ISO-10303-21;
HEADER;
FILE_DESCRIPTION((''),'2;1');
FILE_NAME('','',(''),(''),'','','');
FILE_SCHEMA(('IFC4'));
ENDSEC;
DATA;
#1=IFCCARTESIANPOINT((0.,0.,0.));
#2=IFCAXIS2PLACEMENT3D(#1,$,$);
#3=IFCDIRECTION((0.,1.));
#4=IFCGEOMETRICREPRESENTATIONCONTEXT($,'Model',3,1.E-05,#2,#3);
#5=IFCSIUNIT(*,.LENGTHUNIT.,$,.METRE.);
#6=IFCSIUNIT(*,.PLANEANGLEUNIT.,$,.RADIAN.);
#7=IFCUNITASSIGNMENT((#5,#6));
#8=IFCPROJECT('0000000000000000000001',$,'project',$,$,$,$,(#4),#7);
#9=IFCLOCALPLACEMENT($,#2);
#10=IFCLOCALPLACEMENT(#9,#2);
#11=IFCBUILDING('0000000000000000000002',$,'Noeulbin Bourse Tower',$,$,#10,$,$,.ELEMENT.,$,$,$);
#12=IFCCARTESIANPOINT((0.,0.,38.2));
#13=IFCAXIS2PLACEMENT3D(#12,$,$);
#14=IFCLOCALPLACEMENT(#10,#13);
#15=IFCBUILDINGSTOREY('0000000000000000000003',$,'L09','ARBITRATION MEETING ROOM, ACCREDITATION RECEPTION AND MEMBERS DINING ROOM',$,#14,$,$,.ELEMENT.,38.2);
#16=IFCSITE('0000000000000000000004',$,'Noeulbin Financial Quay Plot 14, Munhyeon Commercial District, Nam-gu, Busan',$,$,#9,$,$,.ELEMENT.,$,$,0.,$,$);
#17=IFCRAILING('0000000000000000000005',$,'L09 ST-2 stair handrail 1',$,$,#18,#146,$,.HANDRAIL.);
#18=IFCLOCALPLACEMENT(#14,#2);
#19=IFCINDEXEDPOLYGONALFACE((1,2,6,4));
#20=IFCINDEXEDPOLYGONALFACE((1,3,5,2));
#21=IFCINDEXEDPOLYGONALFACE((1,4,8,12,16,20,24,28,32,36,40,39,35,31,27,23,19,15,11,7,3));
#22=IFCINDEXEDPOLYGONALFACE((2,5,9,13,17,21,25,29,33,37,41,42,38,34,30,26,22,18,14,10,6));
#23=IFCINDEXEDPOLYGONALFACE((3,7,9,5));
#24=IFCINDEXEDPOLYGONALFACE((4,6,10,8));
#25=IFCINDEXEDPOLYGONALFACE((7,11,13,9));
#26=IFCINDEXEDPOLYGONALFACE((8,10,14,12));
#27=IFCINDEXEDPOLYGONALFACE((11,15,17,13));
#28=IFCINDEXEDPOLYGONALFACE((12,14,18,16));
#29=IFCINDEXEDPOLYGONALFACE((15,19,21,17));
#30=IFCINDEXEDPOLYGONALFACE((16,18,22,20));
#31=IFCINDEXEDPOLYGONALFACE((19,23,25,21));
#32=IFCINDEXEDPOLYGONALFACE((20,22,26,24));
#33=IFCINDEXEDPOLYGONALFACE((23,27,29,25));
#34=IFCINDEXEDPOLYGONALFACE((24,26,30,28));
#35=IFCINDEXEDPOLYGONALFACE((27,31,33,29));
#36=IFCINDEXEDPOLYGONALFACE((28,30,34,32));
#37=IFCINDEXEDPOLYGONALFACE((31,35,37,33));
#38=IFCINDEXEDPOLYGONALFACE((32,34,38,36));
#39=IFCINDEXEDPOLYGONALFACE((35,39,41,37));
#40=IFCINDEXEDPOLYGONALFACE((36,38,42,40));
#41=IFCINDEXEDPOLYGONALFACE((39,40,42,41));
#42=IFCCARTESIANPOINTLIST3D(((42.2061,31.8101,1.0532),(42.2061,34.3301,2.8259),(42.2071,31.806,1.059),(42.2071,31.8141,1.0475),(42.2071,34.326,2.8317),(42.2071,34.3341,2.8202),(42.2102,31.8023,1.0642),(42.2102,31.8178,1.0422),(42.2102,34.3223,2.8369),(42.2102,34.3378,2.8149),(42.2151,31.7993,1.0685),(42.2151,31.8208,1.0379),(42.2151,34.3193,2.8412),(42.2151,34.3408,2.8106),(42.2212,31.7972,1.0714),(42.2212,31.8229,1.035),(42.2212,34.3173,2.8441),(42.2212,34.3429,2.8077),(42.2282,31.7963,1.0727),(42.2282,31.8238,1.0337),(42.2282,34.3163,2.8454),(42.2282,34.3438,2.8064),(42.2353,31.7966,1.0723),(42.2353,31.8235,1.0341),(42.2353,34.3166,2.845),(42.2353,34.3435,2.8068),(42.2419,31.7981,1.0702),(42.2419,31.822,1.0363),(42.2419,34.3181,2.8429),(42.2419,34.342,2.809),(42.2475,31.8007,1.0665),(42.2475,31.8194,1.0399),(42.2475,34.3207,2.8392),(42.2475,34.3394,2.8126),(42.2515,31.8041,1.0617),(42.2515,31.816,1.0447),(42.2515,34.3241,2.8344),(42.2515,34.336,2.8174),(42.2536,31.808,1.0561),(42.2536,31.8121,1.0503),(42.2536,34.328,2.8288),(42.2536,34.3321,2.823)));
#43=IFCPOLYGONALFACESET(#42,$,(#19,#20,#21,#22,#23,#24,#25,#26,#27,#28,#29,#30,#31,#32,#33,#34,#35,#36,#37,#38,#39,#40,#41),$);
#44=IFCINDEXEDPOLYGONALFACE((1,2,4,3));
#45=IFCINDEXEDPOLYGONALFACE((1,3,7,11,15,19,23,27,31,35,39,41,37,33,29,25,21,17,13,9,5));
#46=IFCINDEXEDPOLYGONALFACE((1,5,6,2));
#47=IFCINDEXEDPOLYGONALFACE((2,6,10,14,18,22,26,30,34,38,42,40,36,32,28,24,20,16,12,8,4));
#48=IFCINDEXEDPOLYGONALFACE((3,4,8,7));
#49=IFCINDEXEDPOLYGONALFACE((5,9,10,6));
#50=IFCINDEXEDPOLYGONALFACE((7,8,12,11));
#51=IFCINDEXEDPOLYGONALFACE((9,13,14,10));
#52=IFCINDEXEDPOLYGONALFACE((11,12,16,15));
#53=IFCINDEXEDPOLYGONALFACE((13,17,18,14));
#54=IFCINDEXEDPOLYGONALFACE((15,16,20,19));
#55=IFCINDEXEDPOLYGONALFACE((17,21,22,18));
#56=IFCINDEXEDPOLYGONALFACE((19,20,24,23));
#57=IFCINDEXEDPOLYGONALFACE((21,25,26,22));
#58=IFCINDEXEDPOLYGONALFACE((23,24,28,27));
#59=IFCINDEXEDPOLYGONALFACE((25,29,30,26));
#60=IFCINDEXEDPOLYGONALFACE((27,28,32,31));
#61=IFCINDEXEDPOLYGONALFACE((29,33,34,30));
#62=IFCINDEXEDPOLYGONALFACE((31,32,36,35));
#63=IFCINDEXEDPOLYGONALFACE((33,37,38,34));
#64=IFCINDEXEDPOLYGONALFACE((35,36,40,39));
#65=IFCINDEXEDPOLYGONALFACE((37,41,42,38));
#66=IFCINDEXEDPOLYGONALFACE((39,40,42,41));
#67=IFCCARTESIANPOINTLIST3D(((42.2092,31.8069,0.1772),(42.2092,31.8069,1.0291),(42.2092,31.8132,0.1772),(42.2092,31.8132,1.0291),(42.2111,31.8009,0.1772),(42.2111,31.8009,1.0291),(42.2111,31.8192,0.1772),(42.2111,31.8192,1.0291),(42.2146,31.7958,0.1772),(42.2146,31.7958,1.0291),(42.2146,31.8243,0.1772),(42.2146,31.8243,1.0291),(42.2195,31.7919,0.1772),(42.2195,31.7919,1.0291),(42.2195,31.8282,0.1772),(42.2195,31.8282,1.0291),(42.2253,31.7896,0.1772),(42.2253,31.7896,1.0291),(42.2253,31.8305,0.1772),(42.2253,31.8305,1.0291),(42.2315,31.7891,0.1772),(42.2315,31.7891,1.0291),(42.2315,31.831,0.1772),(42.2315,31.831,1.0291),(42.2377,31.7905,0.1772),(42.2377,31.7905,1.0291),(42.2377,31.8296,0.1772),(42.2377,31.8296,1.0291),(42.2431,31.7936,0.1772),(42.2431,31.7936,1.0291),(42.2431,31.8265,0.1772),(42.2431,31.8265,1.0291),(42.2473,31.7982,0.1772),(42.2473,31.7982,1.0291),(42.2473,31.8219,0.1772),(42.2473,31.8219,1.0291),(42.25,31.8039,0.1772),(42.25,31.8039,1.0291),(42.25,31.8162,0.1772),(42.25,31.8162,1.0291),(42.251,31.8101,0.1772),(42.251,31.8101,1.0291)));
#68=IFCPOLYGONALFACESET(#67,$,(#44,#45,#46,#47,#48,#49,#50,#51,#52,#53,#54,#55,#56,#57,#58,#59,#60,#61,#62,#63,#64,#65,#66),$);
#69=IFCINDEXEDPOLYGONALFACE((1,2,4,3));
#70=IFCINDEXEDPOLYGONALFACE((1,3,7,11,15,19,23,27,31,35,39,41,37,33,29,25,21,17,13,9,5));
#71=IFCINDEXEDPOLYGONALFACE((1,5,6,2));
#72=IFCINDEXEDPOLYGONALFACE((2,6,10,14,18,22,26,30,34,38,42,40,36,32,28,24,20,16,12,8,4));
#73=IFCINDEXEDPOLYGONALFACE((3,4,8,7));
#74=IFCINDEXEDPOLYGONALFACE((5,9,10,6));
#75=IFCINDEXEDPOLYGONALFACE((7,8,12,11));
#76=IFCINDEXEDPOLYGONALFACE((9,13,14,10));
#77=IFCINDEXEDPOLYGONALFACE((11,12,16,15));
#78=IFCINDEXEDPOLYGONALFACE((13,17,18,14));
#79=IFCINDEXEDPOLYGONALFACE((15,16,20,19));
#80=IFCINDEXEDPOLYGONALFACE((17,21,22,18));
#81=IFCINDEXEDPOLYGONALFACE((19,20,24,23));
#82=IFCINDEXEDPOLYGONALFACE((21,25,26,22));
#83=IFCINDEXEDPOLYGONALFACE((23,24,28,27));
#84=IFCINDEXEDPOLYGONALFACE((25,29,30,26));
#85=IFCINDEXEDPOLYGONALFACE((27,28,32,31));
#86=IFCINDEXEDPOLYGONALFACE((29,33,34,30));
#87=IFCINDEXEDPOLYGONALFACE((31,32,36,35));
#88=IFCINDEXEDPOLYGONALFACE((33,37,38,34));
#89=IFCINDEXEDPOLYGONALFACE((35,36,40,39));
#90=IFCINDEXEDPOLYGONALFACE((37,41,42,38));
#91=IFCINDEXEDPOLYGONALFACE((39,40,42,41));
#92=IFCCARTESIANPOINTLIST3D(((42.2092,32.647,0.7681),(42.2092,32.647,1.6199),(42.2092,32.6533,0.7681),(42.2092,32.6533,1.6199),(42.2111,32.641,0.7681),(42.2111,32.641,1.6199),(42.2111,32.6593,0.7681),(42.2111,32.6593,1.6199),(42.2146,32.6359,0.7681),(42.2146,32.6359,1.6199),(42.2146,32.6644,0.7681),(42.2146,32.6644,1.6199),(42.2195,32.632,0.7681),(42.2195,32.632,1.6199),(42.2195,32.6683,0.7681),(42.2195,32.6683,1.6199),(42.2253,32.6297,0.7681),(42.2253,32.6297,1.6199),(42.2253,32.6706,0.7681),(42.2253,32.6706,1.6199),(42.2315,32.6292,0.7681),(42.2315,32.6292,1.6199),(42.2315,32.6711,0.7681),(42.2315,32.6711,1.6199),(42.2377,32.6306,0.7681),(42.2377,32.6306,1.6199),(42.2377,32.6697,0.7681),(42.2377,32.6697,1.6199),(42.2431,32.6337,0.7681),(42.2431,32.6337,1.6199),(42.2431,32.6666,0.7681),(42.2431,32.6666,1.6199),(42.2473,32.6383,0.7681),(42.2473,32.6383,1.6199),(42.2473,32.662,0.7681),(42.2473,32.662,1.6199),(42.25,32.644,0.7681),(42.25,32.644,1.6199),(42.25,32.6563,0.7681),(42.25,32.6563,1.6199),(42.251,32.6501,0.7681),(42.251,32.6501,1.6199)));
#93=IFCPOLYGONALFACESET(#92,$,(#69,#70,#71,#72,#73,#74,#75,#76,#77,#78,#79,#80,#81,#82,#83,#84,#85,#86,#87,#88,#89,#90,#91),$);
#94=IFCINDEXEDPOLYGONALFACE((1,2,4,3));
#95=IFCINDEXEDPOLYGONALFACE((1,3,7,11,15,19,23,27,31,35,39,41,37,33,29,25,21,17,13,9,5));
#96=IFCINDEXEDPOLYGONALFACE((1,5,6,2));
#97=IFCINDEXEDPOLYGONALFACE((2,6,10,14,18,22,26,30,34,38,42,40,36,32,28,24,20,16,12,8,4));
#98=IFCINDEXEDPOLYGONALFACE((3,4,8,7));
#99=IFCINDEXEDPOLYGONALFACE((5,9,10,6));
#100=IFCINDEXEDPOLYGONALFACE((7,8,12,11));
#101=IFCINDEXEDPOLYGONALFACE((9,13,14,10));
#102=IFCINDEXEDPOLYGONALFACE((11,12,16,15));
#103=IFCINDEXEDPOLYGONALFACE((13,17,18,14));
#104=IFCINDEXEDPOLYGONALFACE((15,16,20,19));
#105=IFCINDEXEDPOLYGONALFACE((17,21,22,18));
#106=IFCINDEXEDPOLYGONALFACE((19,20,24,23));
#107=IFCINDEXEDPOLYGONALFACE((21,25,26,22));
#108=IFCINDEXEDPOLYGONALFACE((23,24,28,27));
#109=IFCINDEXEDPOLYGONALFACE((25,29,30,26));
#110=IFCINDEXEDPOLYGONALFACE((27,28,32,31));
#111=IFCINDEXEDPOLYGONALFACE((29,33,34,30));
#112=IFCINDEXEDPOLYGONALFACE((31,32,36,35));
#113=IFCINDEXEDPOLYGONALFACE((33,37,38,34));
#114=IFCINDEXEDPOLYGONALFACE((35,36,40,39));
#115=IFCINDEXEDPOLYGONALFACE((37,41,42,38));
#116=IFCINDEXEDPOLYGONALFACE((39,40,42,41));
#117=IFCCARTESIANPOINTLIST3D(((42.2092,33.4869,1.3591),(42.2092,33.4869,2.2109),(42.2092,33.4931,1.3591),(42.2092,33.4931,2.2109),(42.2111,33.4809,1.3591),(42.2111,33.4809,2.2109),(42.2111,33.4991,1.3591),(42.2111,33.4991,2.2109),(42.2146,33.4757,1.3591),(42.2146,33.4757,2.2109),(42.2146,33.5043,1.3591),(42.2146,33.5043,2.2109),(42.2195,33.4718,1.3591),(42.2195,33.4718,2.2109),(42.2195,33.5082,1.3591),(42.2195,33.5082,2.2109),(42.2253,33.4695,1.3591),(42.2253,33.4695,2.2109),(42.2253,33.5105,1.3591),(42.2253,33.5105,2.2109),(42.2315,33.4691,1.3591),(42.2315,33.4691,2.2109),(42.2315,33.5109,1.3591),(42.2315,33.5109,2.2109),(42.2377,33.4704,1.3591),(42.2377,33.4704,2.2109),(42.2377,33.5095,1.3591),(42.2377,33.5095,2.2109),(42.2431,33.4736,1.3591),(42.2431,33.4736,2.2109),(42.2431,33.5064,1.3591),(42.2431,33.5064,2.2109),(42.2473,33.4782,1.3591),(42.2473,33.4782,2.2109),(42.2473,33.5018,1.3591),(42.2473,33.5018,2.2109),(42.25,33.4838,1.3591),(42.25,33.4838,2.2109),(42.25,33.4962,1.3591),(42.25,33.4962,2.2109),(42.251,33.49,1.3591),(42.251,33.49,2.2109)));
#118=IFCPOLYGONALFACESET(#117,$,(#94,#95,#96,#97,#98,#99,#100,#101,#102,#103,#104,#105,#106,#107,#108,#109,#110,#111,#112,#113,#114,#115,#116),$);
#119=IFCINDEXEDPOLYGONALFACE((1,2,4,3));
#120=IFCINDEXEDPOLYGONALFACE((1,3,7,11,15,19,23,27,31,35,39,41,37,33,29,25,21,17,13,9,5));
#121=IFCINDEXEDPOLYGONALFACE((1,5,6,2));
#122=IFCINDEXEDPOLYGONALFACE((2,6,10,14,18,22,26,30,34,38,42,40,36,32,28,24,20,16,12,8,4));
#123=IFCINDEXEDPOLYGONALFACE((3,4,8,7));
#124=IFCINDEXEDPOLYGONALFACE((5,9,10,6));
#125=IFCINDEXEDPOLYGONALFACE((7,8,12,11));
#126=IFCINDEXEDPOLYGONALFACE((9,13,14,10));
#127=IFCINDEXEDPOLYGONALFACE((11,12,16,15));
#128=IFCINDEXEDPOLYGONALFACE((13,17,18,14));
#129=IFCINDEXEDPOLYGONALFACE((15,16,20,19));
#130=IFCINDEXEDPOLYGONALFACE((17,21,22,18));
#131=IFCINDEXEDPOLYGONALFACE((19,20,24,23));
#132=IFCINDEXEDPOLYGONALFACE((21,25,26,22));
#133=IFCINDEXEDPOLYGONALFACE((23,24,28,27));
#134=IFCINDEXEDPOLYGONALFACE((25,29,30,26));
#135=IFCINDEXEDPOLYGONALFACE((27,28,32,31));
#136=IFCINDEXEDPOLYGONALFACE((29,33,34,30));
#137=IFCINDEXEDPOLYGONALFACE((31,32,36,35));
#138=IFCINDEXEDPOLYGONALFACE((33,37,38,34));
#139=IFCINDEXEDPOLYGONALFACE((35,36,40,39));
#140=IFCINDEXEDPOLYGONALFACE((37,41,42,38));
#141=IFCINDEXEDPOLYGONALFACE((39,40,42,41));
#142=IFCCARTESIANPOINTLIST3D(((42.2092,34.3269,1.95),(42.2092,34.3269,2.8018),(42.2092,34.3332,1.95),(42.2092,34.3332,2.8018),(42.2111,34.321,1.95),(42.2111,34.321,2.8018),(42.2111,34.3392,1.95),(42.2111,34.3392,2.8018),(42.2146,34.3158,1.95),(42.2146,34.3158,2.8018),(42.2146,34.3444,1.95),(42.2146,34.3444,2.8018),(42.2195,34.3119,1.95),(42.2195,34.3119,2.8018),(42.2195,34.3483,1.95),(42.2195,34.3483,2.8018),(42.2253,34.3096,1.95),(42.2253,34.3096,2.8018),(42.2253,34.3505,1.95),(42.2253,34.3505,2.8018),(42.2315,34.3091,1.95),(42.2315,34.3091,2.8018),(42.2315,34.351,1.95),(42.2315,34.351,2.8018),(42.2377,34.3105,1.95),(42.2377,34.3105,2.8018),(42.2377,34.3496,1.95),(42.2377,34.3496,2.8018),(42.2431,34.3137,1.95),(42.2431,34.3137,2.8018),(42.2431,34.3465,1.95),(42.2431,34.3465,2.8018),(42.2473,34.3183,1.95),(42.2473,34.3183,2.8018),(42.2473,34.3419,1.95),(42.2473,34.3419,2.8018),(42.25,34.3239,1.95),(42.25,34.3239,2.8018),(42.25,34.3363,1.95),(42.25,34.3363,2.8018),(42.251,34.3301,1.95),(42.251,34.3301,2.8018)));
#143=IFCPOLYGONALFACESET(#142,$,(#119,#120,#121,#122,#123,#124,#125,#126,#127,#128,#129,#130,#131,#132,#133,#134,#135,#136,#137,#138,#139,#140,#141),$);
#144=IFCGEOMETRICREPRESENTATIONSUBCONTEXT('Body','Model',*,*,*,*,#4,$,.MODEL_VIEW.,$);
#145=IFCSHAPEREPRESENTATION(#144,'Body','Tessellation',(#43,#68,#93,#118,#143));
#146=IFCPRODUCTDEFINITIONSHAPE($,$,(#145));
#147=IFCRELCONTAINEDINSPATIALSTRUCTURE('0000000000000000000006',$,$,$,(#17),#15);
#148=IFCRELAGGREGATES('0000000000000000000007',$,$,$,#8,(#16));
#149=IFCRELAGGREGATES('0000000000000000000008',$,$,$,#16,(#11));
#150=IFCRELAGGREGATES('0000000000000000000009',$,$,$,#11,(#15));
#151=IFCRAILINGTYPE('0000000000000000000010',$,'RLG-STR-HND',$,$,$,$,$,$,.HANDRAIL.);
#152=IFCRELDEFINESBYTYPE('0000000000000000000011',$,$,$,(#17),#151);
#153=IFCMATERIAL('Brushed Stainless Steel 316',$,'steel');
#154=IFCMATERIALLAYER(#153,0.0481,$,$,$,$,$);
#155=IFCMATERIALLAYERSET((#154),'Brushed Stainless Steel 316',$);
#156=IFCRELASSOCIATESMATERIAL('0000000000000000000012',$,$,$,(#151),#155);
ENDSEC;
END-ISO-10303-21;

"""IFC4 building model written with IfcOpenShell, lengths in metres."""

from ifc_helpers import new_model, si_unit, direction, frame, origin, origin_2d, place, context, subcontext, project, spatial, circle, extrude, material, layer, layer_set, type_object, element, save


model = new_model("IFC4")

# Units and contexts
model_context = context("Model", 3, precision=1e-05, world=origin(), true_north=direction((0.0, 1.0)))
body_context = subcontext(model_context, "Body", "Model", "MODEL_VIEW")
ifc_project = project(units=[si_unit("LENGTHUNIT", "METRE"), si_unit("PLANEANGLEUNIT", "RADIAN")], contexts=[model_context])

# Site, building, storey
site_placement = place(None, origin())
site = spatial("IfcSite", under=ifc_project, at=site_placement, Name="Noeulbin Financial Quay Plot 14, Munhyeon Commercial District, Nam-gu, Busan", CompositionType="ELEMENT", RefElevation=0.0)
building_placement = place(site_placement, origin())
building = spatial("IfcBuilding", under=site, at=building_placement, Name="Noeulbin Bourse Tower", CompositionType="ELEMENT")
storey_placement = place(building_placement, frame((0.0, 0.0, 38.2)))
storey = spatial("IfcBuildingStorey", under=building, at=storey_placement, Name="L09", Description="ARBITRATION MEETING ROOM, ACCREDITATION RECEPTION AND MEMBERS DINING ROOM", CompositionType="ELEMENT", Elevation=38.2)

# Railing
ifc_material_1 = material(Name="Brushed Stainless Steel 316", Category="steel")
ifc_layer_1 = layer(ifc_material_1, 0.0481)
ifc_layer_set_1 = layer_set([ifc_layer_1], Name="Brushed Stainless Steel 316")
railing_type_1 = type_object("IfcRailingType", Name="RLG-STR-HND", PredefinedType="HANDRAIL", material=ifc_layer_set_1)
railing_1_placement = place(storey_placement, frame((42.23, 31.8101, 0.1772)))
element("IfcRailing", 1, at=railing_1_placement, inside=storey, type_object=railing_type_1, Name="L09 ST-2 stair handrail 1", PredefinedType="HANDRAIL", context=body_context, shape_type="SweptSolid", body=[
    extrude(circle(Radius=0.0239, at=origin_2d()), frame((0.0, 0.0, 0.876), z_axis=(0.0, 0.817904, 0.575354), x_axis=(-1.0, 0.0, 0.0)), (0.0, 0.0, 1.0), 3.0811),
    extrude(circle(Radius=0.021, at=origin_2d()), origin(), (0.0, 0.0, 1.0), 0.8518),
    extrude(circle(Radius=0.021, at=origin_2d()), frame((0.0, 0.8401, 0.5908)), (0.0, 0.0, 1.0), 0.8518),
    extrude(circle(Radius=0.021, at=origin_2d()), frame((0.0, 1.6799, 1.1819)), (0.0, 0.0, 1.0), 0.8518),
    extrude(circle(Radius=0.021, at=origin_2d()), frame((0.0, 2.52, 1.7727)), (0.0, 0.0, 1.0), 0.8518),
])

save(model, "model.ifc")
